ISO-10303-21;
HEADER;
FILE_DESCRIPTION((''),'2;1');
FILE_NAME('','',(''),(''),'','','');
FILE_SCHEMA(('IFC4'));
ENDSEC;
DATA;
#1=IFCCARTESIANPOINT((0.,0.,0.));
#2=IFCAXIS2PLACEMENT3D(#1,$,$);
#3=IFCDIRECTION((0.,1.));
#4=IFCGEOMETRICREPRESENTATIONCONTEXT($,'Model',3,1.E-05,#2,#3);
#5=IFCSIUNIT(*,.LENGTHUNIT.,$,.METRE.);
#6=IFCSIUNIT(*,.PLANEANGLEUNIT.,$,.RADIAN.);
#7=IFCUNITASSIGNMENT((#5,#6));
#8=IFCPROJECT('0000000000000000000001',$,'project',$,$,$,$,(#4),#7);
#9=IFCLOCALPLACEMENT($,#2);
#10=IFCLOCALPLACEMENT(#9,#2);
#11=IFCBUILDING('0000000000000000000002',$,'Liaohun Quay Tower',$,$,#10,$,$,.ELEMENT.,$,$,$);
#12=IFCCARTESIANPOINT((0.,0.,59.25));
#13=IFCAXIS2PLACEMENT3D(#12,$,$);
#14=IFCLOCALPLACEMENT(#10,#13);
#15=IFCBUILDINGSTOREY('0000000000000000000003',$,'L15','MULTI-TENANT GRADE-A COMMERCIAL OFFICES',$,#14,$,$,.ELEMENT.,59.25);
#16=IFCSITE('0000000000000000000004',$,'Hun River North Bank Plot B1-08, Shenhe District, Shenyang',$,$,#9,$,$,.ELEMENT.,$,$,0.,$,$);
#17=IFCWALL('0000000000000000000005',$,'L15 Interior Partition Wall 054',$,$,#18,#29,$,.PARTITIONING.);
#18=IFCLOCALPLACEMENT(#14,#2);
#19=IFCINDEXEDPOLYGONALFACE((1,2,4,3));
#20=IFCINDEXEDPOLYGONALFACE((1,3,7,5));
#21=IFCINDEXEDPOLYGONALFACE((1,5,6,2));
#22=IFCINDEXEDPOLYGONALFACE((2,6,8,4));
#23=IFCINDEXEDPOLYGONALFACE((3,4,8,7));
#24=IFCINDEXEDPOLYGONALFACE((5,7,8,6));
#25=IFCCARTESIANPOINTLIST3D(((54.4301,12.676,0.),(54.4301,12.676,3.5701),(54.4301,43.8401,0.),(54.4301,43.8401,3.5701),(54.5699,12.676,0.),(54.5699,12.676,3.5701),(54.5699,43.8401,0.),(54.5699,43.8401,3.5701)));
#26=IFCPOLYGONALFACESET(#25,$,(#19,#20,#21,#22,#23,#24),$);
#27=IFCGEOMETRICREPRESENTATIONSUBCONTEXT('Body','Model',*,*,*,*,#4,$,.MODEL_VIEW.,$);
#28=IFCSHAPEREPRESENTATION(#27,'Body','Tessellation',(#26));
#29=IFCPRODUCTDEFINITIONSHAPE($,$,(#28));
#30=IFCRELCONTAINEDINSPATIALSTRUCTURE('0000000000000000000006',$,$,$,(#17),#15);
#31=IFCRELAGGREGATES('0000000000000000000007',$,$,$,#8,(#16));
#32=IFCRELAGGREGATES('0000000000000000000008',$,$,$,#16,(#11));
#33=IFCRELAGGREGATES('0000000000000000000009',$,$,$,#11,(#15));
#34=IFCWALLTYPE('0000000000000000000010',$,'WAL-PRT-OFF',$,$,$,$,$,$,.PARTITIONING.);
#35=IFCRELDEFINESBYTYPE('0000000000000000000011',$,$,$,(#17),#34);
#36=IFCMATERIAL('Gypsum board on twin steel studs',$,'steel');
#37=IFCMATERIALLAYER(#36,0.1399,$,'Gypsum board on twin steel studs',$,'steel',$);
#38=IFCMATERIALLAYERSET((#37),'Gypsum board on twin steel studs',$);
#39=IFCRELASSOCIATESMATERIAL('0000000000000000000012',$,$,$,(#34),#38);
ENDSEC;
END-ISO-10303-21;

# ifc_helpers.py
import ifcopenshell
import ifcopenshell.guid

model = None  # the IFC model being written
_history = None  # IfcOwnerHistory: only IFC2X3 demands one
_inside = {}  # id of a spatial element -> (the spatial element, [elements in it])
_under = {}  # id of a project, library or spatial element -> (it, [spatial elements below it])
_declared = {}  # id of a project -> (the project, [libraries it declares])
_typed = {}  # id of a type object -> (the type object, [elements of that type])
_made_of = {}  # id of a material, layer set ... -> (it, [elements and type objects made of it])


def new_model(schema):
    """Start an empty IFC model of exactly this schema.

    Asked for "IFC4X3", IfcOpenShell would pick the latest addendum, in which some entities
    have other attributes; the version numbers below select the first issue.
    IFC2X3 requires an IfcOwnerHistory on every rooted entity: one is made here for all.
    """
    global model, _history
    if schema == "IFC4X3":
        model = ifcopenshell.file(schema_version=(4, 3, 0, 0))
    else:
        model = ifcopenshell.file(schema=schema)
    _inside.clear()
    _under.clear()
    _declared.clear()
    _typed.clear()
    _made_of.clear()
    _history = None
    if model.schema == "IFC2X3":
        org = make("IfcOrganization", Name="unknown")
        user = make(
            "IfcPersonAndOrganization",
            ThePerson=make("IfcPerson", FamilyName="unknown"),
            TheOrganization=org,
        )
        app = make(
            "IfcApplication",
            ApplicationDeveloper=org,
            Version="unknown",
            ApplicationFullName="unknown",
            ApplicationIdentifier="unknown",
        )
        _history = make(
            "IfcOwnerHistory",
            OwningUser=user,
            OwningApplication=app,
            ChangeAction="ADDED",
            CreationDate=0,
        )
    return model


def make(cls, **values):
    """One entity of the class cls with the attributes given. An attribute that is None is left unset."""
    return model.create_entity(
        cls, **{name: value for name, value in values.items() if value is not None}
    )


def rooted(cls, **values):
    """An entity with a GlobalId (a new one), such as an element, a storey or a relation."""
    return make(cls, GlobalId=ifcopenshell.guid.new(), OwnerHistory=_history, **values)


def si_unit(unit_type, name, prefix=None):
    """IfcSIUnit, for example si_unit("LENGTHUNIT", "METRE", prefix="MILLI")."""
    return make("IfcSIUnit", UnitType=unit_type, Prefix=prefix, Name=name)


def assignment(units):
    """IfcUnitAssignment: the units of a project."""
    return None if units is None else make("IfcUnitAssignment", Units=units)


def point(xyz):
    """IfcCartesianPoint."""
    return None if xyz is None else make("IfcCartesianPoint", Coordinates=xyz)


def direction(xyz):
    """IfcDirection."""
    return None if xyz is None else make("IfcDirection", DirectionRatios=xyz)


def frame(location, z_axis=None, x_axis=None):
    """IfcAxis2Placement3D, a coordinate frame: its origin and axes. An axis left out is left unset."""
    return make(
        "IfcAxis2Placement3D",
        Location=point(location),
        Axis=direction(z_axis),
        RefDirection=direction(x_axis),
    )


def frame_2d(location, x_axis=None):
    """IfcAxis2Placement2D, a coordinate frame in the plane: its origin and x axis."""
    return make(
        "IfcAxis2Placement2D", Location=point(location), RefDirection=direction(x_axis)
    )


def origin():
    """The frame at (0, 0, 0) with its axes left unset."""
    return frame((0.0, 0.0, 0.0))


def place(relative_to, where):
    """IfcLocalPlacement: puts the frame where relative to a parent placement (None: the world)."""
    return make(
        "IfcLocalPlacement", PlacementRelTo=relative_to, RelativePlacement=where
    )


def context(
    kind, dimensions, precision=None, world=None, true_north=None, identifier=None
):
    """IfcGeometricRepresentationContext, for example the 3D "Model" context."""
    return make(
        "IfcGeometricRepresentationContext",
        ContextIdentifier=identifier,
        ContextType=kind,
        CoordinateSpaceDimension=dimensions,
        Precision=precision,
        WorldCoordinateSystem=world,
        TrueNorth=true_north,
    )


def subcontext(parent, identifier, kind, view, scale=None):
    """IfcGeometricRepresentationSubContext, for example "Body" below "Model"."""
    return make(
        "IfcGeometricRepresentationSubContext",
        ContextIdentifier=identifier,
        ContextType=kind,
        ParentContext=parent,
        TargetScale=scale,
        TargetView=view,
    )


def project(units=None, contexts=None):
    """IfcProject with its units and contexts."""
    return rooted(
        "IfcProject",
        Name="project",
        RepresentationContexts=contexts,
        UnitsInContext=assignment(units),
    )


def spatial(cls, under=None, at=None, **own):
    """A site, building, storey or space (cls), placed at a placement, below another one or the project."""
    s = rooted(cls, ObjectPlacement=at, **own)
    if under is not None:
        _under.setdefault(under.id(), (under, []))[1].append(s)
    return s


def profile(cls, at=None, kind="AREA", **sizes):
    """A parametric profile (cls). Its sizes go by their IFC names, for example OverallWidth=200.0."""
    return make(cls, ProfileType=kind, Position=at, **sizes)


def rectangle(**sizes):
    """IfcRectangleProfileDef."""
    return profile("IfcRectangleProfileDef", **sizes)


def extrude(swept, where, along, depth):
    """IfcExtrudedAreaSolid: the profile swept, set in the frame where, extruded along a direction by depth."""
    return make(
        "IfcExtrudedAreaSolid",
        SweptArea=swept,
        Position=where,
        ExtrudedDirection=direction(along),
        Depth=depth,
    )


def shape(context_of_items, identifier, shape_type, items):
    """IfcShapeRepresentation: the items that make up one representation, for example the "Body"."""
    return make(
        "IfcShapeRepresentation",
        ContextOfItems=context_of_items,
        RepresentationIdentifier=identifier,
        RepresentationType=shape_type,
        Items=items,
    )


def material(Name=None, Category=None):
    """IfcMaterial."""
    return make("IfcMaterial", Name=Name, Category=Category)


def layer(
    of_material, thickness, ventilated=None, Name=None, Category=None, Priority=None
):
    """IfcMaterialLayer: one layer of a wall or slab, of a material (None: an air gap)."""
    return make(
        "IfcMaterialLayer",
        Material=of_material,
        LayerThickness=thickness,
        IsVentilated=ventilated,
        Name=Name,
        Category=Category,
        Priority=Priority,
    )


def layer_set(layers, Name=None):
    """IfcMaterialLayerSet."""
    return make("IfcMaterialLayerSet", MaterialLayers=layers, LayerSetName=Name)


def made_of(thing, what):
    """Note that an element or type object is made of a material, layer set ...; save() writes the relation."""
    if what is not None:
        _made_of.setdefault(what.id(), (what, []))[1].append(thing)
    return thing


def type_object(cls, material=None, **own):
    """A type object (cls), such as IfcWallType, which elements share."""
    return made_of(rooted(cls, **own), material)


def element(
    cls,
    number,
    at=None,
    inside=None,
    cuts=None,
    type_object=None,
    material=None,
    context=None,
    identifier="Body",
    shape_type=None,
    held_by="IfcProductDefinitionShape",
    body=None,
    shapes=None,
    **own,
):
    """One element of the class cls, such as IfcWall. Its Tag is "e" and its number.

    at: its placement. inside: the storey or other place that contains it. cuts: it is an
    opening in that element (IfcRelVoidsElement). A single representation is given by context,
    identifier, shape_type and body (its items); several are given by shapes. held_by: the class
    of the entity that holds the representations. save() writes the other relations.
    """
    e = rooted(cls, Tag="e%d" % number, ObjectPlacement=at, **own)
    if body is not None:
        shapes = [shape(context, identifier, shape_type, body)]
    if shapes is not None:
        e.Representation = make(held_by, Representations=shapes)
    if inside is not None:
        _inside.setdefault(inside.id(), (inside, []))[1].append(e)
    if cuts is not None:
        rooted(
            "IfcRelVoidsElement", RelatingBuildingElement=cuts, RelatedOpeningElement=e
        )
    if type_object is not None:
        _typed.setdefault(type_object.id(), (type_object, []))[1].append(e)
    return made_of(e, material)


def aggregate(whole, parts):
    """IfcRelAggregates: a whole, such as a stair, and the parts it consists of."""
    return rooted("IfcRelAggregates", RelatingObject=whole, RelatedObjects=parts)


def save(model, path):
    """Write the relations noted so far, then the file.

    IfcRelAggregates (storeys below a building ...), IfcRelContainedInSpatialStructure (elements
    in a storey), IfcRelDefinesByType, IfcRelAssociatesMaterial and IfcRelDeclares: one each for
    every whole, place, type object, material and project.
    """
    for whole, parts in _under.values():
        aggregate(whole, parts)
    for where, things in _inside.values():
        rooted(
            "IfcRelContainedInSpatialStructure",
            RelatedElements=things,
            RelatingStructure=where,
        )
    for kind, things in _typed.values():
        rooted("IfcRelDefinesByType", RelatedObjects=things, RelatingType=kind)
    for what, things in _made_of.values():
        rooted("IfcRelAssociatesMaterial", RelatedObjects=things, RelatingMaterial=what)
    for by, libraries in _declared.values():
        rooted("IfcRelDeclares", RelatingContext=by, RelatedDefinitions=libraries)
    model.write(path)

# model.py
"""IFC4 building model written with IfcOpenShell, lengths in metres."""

from ifc_helpers import new_model, si_unit, direction, frame, frame_2d, origin, place, context, subcontext, project, spatial, rectangle, extrude, material, layer, layer_set, type_object, element, save


model = new_model("IFC4")

# Units and contexts
model_context = context("Model", 3, precision=1e-05, world=origin(), true_north=direction((0.0, 1.0)))
body_context = subcontext(model_context, "Body", "Model", "MODEL_VIEW")
ifc_project = project(units=[si_unit("LENGTHUNIT", "METRE"), si_unit("PLANEANGLEUNIT", "RADIAN")], contexts=[model_context])

# Site, building, storey
site_placement = place(None, origin())
site = spatial("IfcSite", under=ifc_project, at=site_placement, Name="Hun River North Bank Plot B1-08, Shenhe District, Shenyang", CompositionType="ELEMENT", RefElevation=0.0)
building_placement = place(site_placement, origin())
building = spatial("IfcBuilding", under=site, at=building_placement, Name="Liaohun Quay Tower", CompositionType="ELEMENT")
storey_placement = place(building_placement, frame((0.0, 0.0, 59.25)))
storey = spatial("IfcBuildingStorey", under=building, at=storey_placement, Name="L15", Description="MULTI-TENANT GRADE-A COMMERCIAL OFFICES", CompositionType="ELEMENT", Elevation=59.25)

# Wall
ifc_material_1 = material(Name="Gypsum board on twin steel studs", Category="steel")
ifc_layer_1 = layer(ifc_material_1, 0.1399, Name="Gypsum board on twin steel studs", Category="steel")
ifc_layer_set_1 = layer_set([ifc_layer_1], Name="Gypsum board on twin steel studs")
wall_type_1 = type_object("IfcWallType", Name="WAL-PRT-OFF", PredefinedType="PARTITIONING", material=ifc_layer_set_1)
wall_1_placement = place(storey_placement, frame((54.5, 43.8401, 0.0), z_axis=(0.0, 0.0, 1.0), x_axis=(0.0, -1.0, 0.0)))
element("IfcWall", 1, at=wall_1_placement, inside=storey, type_object=wall_type_1, Name="L15 Interior Partition Wall 054", PredefinedType="PARTITIONING", context=body_context, shape_type="SweptSolid", body=[
    extrude(rectangle(XDim=31.1641, YDim=0.1399, at=frame_2d((15.582, 0.0))), origin(), (0.0, 0.0, 1.0), 3.5701),
])

save(model, "model.ifc")
